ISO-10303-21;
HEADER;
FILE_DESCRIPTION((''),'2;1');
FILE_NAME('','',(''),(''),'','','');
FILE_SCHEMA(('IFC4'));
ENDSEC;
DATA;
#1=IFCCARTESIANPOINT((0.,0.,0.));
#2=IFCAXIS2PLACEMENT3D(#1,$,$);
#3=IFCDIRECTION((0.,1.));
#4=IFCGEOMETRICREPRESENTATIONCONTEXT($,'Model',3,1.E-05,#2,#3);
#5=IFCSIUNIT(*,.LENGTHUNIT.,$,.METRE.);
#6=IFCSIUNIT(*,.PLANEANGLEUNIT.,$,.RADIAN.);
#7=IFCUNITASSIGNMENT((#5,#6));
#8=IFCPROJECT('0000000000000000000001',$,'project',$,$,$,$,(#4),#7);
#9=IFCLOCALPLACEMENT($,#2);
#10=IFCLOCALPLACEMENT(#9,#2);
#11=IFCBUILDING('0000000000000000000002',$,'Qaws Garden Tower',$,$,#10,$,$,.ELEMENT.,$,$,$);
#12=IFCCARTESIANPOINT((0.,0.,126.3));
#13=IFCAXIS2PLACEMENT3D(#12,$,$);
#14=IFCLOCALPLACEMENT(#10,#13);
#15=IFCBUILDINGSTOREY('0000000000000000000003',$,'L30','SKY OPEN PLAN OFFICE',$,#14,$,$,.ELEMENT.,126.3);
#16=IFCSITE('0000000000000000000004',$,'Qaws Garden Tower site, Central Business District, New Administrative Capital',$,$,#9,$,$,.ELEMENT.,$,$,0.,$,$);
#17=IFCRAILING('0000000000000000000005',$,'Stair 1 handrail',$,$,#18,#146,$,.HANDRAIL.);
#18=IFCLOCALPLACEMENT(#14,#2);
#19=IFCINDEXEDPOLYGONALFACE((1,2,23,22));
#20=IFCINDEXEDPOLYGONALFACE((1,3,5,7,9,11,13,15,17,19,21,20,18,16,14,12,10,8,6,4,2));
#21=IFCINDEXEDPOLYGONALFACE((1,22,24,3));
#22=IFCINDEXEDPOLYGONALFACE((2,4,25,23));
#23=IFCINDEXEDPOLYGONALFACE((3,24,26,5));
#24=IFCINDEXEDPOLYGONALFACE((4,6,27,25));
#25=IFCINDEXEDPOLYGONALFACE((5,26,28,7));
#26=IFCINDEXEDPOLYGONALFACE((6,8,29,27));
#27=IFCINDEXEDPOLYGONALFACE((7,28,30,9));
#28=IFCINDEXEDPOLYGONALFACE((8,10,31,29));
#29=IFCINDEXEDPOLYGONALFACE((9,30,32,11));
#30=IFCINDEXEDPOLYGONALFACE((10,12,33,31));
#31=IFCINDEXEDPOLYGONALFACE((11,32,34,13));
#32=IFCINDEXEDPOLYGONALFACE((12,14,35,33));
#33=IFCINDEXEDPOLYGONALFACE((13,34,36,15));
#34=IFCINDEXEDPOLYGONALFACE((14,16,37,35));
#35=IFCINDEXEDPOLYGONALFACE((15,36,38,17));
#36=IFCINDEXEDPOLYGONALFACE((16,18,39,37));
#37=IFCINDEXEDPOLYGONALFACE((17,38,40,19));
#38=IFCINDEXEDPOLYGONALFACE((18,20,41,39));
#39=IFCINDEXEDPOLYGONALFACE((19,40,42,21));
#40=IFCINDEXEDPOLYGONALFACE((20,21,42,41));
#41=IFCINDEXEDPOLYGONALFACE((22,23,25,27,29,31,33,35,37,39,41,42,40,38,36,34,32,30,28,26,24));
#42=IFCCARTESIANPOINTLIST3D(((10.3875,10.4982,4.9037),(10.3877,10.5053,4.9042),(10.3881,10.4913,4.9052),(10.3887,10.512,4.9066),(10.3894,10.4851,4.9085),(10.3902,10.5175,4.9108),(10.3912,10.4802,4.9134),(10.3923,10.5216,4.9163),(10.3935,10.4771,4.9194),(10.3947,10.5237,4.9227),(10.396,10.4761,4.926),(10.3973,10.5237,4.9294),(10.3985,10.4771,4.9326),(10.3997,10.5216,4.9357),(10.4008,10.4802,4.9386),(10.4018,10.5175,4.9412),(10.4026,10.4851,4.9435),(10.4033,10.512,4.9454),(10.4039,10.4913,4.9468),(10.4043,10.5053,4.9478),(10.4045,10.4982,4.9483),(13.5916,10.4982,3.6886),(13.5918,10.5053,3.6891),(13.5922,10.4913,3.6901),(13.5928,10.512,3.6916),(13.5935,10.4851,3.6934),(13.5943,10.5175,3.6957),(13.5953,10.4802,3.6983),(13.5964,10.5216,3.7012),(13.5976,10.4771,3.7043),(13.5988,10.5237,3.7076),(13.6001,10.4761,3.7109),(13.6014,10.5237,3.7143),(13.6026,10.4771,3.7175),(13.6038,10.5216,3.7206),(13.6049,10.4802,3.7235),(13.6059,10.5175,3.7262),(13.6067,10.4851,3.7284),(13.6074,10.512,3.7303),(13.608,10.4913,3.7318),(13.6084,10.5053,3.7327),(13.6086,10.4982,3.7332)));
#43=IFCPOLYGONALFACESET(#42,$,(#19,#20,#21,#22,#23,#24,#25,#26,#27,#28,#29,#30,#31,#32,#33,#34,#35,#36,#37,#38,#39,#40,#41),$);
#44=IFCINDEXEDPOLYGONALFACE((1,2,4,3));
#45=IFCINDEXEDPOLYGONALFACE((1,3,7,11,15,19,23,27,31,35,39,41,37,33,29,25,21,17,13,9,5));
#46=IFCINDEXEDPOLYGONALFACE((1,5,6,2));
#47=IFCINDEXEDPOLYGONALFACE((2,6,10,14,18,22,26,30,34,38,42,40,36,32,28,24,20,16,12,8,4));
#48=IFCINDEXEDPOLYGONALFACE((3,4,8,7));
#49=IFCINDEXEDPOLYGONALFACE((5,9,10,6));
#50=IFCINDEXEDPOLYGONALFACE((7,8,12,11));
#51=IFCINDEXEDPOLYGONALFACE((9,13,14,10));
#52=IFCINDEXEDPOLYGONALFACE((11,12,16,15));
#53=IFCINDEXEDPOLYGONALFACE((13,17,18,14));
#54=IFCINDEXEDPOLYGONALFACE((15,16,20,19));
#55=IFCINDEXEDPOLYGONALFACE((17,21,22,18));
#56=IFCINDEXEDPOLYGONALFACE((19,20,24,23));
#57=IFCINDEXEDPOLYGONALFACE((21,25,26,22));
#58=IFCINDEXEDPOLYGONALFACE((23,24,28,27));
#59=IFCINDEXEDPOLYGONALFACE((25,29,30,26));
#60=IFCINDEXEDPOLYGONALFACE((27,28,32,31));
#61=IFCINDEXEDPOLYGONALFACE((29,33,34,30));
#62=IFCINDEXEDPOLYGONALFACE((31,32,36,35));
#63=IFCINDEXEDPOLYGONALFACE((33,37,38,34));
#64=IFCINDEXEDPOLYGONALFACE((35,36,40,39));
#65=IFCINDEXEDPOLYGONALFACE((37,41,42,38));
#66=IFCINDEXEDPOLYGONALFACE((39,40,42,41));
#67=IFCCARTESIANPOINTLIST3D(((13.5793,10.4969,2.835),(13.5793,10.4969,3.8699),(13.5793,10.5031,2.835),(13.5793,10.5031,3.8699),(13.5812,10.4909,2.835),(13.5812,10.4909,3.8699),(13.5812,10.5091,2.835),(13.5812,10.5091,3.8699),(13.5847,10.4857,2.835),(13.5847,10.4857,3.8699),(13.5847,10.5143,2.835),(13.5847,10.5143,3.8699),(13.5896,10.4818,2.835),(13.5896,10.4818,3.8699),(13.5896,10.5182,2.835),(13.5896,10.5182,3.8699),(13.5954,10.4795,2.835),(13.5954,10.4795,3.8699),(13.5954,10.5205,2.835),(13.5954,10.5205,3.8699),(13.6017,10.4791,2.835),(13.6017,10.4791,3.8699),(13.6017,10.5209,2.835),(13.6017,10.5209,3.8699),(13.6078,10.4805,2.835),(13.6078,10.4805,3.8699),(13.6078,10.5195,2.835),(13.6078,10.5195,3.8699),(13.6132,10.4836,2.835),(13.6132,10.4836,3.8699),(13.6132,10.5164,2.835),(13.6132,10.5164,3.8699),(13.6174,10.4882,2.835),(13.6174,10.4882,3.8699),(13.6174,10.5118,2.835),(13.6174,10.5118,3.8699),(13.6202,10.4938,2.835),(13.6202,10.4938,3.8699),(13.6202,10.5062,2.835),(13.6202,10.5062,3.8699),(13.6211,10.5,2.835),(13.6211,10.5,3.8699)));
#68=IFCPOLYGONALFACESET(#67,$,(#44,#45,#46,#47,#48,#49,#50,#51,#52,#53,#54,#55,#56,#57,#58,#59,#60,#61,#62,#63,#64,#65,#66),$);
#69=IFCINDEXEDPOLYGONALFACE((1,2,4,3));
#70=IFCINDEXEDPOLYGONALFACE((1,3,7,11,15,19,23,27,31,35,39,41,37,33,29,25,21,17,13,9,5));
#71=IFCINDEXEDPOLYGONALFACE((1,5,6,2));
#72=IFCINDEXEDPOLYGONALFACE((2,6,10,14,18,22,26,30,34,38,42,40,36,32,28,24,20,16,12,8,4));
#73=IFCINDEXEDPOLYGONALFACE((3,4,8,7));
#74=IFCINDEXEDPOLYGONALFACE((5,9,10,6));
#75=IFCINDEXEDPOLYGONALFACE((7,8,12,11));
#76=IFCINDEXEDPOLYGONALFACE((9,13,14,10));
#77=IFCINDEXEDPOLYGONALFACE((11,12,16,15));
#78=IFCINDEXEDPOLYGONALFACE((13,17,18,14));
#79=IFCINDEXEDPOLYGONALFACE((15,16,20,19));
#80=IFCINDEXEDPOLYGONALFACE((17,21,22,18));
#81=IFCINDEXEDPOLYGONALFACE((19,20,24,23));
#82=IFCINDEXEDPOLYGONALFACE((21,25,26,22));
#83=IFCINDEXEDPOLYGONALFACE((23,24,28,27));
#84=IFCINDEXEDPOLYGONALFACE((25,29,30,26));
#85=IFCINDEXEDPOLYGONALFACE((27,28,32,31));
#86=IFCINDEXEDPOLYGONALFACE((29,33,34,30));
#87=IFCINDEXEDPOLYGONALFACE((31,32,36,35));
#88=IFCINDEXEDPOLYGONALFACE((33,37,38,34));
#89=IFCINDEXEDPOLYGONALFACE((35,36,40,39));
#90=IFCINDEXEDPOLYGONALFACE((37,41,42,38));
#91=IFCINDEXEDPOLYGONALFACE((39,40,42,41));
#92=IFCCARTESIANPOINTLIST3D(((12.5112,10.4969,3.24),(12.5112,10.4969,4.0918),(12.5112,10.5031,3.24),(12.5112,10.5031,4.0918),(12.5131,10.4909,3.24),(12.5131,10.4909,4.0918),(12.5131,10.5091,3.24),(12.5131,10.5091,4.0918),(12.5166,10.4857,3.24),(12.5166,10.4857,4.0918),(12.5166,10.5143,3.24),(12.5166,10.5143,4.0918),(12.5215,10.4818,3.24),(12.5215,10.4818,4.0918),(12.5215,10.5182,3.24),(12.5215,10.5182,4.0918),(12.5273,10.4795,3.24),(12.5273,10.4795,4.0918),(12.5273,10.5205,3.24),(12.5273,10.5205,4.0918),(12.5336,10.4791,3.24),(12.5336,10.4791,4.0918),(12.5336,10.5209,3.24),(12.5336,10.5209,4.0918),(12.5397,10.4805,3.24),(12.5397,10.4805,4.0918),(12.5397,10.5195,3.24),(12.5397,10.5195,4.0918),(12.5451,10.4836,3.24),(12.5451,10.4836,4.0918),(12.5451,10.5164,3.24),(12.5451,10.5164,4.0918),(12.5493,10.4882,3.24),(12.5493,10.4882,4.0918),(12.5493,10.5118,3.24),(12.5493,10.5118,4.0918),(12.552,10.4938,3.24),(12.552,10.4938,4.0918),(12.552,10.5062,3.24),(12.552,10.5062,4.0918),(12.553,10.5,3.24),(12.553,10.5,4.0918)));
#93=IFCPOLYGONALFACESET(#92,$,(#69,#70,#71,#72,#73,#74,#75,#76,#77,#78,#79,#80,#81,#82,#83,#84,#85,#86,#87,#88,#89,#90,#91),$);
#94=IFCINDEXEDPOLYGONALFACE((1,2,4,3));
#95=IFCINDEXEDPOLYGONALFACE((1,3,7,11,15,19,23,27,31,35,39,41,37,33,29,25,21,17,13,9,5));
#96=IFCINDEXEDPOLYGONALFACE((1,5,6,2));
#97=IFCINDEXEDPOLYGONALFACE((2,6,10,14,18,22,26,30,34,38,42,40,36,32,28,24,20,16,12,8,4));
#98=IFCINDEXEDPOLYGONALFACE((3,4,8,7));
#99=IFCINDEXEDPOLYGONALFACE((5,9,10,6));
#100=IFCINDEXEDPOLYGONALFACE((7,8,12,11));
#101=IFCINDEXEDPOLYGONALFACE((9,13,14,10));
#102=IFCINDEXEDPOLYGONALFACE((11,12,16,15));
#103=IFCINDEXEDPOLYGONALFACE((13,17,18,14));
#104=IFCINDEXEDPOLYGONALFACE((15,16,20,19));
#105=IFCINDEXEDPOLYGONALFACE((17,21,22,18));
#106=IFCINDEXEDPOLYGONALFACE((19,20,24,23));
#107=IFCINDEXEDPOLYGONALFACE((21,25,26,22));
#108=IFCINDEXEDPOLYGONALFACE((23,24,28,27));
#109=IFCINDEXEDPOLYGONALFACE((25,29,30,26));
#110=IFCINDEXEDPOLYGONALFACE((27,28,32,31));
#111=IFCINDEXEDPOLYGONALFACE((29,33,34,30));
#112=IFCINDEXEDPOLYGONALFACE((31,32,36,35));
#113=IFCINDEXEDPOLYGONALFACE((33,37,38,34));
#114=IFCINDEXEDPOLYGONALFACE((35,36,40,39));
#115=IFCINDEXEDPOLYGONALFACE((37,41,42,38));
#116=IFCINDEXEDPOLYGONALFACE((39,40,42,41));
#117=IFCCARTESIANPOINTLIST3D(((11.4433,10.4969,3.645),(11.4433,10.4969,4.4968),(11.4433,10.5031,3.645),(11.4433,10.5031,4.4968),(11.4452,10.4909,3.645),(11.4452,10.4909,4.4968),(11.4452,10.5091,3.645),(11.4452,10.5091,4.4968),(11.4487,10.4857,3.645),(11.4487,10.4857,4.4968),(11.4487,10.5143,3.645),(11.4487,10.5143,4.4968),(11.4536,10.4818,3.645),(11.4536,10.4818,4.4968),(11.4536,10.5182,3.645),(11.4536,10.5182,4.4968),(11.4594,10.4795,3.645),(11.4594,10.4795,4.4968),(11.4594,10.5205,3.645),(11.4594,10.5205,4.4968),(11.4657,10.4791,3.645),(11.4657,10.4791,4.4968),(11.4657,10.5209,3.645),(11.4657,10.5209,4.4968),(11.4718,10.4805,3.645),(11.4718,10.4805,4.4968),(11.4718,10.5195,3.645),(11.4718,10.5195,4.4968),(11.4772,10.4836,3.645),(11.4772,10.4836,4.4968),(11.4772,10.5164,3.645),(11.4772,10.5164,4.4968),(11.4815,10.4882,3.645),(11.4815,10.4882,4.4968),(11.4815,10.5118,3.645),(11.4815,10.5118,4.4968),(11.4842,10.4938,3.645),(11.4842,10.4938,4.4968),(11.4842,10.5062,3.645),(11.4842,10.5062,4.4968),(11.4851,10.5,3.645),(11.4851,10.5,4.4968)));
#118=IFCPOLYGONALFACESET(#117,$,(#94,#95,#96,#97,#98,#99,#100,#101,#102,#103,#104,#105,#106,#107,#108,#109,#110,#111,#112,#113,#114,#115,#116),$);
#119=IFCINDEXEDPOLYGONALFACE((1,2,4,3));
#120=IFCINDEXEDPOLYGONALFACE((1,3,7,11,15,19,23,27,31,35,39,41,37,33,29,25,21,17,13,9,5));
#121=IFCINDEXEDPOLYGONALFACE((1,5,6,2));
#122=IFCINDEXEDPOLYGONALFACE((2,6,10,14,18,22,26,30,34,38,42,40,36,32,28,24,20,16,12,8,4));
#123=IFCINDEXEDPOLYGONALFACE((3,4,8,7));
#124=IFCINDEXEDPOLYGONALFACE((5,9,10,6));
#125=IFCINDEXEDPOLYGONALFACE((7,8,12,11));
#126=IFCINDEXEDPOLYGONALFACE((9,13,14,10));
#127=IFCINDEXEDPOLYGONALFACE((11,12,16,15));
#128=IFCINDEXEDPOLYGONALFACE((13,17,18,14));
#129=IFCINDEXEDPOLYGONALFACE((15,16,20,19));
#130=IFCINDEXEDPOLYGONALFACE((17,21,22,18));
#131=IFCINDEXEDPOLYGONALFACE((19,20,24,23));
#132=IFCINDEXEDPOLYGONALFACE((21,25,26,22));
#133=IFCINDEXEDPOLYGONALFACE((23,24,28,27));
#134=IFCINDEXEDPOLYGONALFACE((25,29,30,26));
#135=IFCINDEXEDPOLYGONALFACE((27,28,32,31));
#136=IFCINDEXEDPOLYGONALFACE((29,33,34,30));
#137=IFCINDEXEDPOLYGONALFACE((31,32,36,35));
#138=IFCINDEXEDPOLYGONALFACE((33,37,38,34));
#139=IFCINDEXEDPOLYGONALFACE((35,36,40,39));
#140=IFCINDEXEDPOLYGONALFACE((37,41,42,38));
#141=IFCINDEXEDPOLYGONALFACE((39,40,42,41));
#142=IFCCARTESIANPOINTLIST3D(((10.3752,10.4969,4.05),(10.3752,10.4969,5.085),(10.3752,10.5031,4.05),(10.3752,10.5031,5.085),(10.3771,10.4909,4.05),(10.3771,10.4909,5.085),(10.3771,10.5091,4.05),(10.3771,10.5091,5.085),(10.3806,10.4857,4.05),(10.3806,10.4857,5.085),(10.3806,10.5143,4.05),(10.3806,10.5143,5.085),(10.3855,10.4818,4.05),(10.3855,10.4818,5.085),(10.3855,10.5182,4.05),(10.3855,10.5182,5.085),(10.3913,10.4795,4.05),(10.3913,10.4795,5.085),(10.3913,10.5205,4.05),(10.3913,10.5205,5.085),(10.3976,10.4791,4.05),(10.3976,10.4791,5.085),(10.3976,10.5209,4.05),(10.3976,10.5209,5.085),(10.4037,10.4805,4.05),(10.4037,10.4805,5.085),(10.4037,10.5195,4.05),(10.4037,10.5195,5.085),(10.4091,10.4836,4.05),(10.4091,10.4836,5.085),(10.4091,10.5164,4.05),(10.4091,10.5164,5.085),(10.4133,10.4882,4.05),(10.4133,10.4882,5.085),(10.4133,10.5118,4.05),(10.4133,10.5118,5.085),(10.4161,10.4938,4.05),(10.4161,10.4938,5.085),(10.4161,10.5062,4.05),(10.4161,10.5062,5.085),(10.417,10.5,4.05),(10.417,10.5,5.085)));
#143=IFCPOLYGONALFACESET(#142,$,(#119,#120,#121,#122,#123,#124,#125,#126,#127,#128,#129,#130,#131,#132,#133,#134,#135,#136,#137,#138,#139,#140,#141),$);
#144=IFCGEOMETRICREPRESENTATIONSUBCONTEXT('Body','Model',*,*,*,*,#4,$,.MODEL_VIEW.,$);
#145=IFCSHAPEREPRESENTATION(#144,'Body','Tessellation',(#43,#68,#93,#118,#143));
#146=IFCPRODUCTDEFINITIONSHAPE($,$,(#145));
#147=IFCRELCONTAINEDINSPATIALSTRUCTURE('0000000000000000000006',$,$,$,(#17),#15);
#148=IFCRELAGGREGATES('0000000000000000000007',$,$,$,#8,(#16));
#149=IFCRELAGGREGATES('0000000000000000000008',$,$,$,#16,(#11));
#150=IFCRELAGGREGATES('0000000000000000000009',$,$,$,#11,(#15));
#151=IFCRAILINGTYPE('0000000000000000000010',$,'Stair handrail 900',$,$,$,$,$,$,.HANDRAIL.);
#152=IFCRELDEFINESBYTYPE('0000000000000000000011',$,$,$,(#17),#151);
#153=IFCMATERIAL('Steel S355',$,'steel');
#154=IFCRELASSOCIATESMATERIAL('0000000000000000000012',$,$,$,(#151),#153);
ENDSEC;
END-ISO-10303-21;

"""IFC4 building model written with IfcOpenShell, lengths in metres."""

from ifc_helpers import new_model, si_unit, direction, frame, origin, origin_2d, place, context, subcontext, project, spatial, circle, extrude, material, type_object, element, save


model = new_model("IFC4")

# Units and contexts
model_context = context("Model", 3, precision=1e-05, world=origin(), true_north=direction((0.0, 1.0)))
body_context = subcontext(model_context, "Body", "Model", "MODEL_VIEW")
ifc_project = project(units=[si_unit("LENGTHUNIT", "METRE"), si_unit("PLANEANGLEUNIT", "RADIAN")], contexts=[model_context])

# Site, building, storey
site_placement = place(None, origin())
site = spatial("IfcSite", under=ifc_project, at=site_placement, Name="Qaws Garden Tower site, Central Business District, New Administrative Capital", CompositionType="ELEMENT", RefElevation=0.0)
building_placement = place(site_placement, origin())
building = spatial("IfcBuilding", under=site, at=building_placement, Name="Qaws Garden Tower", CompositionType="ELEMENT")
storey_placement = place(building_placement, frame((0.0, 0.0, 126.3)))
storey = spatial("IfcBuildingStorey", under=building, at=storey_placement, Name="L30", Description="SKY OPEN PLAN OFFICE", CompositionType="ELEMENT", Elevation=126.3)

# Railing
ifc_material_1 = material(Name="Steel S355", Category="steel")
railing_type = type_object("IfcRailingType", Name="Stair handrail 900", PredefinedType="HANDRAIL", material=ifc_material_1)
railing_1_placement = place(storey_placement, frame((13.6001, 10.5, 2.835)))
element("IfcRailing", 1, at=railing_1_placement, inside=storey, type_object=railing_type, Name="Stair 1 handrail", PredefinedType="HANDRAIL", context=body_context, shape_type="SweptSolid", body=[
    extrude(circle(Radius=0.0239, at=origin_2d()), frame((0.0, 0.0, 0.876), z_axis=(-0.935023, 0.0, 0.354588), x_axis=(0.0, -1.0, 0.0)), (0.0, 0.0, 1.0), 3.4268),
    extrude(circle(Radius=0.021, at=origin_2d()), origin(), (0.0, 0.0, 1.0), 1.0349),
    extrude(circle(Radius=0.021, at=origin_2d()), frame((-1.0681, 0.0, 0.405)), (0.0, 0.0, 1.0), 0.8518),
    extrude(circle(Radius=0.021, at=origin_2d()), frame((-2.136, 0.0, 0.8101)), (0.0, 0.0, 1.0), 0.8518),
    extrude(circle(Radius=0.021, at=origin_2d()), frame((-3.2041, 0.0, 1.2151)), (0.0, 0.0, 1.0), 1.0349),
])

save(model, "model.ifc")
